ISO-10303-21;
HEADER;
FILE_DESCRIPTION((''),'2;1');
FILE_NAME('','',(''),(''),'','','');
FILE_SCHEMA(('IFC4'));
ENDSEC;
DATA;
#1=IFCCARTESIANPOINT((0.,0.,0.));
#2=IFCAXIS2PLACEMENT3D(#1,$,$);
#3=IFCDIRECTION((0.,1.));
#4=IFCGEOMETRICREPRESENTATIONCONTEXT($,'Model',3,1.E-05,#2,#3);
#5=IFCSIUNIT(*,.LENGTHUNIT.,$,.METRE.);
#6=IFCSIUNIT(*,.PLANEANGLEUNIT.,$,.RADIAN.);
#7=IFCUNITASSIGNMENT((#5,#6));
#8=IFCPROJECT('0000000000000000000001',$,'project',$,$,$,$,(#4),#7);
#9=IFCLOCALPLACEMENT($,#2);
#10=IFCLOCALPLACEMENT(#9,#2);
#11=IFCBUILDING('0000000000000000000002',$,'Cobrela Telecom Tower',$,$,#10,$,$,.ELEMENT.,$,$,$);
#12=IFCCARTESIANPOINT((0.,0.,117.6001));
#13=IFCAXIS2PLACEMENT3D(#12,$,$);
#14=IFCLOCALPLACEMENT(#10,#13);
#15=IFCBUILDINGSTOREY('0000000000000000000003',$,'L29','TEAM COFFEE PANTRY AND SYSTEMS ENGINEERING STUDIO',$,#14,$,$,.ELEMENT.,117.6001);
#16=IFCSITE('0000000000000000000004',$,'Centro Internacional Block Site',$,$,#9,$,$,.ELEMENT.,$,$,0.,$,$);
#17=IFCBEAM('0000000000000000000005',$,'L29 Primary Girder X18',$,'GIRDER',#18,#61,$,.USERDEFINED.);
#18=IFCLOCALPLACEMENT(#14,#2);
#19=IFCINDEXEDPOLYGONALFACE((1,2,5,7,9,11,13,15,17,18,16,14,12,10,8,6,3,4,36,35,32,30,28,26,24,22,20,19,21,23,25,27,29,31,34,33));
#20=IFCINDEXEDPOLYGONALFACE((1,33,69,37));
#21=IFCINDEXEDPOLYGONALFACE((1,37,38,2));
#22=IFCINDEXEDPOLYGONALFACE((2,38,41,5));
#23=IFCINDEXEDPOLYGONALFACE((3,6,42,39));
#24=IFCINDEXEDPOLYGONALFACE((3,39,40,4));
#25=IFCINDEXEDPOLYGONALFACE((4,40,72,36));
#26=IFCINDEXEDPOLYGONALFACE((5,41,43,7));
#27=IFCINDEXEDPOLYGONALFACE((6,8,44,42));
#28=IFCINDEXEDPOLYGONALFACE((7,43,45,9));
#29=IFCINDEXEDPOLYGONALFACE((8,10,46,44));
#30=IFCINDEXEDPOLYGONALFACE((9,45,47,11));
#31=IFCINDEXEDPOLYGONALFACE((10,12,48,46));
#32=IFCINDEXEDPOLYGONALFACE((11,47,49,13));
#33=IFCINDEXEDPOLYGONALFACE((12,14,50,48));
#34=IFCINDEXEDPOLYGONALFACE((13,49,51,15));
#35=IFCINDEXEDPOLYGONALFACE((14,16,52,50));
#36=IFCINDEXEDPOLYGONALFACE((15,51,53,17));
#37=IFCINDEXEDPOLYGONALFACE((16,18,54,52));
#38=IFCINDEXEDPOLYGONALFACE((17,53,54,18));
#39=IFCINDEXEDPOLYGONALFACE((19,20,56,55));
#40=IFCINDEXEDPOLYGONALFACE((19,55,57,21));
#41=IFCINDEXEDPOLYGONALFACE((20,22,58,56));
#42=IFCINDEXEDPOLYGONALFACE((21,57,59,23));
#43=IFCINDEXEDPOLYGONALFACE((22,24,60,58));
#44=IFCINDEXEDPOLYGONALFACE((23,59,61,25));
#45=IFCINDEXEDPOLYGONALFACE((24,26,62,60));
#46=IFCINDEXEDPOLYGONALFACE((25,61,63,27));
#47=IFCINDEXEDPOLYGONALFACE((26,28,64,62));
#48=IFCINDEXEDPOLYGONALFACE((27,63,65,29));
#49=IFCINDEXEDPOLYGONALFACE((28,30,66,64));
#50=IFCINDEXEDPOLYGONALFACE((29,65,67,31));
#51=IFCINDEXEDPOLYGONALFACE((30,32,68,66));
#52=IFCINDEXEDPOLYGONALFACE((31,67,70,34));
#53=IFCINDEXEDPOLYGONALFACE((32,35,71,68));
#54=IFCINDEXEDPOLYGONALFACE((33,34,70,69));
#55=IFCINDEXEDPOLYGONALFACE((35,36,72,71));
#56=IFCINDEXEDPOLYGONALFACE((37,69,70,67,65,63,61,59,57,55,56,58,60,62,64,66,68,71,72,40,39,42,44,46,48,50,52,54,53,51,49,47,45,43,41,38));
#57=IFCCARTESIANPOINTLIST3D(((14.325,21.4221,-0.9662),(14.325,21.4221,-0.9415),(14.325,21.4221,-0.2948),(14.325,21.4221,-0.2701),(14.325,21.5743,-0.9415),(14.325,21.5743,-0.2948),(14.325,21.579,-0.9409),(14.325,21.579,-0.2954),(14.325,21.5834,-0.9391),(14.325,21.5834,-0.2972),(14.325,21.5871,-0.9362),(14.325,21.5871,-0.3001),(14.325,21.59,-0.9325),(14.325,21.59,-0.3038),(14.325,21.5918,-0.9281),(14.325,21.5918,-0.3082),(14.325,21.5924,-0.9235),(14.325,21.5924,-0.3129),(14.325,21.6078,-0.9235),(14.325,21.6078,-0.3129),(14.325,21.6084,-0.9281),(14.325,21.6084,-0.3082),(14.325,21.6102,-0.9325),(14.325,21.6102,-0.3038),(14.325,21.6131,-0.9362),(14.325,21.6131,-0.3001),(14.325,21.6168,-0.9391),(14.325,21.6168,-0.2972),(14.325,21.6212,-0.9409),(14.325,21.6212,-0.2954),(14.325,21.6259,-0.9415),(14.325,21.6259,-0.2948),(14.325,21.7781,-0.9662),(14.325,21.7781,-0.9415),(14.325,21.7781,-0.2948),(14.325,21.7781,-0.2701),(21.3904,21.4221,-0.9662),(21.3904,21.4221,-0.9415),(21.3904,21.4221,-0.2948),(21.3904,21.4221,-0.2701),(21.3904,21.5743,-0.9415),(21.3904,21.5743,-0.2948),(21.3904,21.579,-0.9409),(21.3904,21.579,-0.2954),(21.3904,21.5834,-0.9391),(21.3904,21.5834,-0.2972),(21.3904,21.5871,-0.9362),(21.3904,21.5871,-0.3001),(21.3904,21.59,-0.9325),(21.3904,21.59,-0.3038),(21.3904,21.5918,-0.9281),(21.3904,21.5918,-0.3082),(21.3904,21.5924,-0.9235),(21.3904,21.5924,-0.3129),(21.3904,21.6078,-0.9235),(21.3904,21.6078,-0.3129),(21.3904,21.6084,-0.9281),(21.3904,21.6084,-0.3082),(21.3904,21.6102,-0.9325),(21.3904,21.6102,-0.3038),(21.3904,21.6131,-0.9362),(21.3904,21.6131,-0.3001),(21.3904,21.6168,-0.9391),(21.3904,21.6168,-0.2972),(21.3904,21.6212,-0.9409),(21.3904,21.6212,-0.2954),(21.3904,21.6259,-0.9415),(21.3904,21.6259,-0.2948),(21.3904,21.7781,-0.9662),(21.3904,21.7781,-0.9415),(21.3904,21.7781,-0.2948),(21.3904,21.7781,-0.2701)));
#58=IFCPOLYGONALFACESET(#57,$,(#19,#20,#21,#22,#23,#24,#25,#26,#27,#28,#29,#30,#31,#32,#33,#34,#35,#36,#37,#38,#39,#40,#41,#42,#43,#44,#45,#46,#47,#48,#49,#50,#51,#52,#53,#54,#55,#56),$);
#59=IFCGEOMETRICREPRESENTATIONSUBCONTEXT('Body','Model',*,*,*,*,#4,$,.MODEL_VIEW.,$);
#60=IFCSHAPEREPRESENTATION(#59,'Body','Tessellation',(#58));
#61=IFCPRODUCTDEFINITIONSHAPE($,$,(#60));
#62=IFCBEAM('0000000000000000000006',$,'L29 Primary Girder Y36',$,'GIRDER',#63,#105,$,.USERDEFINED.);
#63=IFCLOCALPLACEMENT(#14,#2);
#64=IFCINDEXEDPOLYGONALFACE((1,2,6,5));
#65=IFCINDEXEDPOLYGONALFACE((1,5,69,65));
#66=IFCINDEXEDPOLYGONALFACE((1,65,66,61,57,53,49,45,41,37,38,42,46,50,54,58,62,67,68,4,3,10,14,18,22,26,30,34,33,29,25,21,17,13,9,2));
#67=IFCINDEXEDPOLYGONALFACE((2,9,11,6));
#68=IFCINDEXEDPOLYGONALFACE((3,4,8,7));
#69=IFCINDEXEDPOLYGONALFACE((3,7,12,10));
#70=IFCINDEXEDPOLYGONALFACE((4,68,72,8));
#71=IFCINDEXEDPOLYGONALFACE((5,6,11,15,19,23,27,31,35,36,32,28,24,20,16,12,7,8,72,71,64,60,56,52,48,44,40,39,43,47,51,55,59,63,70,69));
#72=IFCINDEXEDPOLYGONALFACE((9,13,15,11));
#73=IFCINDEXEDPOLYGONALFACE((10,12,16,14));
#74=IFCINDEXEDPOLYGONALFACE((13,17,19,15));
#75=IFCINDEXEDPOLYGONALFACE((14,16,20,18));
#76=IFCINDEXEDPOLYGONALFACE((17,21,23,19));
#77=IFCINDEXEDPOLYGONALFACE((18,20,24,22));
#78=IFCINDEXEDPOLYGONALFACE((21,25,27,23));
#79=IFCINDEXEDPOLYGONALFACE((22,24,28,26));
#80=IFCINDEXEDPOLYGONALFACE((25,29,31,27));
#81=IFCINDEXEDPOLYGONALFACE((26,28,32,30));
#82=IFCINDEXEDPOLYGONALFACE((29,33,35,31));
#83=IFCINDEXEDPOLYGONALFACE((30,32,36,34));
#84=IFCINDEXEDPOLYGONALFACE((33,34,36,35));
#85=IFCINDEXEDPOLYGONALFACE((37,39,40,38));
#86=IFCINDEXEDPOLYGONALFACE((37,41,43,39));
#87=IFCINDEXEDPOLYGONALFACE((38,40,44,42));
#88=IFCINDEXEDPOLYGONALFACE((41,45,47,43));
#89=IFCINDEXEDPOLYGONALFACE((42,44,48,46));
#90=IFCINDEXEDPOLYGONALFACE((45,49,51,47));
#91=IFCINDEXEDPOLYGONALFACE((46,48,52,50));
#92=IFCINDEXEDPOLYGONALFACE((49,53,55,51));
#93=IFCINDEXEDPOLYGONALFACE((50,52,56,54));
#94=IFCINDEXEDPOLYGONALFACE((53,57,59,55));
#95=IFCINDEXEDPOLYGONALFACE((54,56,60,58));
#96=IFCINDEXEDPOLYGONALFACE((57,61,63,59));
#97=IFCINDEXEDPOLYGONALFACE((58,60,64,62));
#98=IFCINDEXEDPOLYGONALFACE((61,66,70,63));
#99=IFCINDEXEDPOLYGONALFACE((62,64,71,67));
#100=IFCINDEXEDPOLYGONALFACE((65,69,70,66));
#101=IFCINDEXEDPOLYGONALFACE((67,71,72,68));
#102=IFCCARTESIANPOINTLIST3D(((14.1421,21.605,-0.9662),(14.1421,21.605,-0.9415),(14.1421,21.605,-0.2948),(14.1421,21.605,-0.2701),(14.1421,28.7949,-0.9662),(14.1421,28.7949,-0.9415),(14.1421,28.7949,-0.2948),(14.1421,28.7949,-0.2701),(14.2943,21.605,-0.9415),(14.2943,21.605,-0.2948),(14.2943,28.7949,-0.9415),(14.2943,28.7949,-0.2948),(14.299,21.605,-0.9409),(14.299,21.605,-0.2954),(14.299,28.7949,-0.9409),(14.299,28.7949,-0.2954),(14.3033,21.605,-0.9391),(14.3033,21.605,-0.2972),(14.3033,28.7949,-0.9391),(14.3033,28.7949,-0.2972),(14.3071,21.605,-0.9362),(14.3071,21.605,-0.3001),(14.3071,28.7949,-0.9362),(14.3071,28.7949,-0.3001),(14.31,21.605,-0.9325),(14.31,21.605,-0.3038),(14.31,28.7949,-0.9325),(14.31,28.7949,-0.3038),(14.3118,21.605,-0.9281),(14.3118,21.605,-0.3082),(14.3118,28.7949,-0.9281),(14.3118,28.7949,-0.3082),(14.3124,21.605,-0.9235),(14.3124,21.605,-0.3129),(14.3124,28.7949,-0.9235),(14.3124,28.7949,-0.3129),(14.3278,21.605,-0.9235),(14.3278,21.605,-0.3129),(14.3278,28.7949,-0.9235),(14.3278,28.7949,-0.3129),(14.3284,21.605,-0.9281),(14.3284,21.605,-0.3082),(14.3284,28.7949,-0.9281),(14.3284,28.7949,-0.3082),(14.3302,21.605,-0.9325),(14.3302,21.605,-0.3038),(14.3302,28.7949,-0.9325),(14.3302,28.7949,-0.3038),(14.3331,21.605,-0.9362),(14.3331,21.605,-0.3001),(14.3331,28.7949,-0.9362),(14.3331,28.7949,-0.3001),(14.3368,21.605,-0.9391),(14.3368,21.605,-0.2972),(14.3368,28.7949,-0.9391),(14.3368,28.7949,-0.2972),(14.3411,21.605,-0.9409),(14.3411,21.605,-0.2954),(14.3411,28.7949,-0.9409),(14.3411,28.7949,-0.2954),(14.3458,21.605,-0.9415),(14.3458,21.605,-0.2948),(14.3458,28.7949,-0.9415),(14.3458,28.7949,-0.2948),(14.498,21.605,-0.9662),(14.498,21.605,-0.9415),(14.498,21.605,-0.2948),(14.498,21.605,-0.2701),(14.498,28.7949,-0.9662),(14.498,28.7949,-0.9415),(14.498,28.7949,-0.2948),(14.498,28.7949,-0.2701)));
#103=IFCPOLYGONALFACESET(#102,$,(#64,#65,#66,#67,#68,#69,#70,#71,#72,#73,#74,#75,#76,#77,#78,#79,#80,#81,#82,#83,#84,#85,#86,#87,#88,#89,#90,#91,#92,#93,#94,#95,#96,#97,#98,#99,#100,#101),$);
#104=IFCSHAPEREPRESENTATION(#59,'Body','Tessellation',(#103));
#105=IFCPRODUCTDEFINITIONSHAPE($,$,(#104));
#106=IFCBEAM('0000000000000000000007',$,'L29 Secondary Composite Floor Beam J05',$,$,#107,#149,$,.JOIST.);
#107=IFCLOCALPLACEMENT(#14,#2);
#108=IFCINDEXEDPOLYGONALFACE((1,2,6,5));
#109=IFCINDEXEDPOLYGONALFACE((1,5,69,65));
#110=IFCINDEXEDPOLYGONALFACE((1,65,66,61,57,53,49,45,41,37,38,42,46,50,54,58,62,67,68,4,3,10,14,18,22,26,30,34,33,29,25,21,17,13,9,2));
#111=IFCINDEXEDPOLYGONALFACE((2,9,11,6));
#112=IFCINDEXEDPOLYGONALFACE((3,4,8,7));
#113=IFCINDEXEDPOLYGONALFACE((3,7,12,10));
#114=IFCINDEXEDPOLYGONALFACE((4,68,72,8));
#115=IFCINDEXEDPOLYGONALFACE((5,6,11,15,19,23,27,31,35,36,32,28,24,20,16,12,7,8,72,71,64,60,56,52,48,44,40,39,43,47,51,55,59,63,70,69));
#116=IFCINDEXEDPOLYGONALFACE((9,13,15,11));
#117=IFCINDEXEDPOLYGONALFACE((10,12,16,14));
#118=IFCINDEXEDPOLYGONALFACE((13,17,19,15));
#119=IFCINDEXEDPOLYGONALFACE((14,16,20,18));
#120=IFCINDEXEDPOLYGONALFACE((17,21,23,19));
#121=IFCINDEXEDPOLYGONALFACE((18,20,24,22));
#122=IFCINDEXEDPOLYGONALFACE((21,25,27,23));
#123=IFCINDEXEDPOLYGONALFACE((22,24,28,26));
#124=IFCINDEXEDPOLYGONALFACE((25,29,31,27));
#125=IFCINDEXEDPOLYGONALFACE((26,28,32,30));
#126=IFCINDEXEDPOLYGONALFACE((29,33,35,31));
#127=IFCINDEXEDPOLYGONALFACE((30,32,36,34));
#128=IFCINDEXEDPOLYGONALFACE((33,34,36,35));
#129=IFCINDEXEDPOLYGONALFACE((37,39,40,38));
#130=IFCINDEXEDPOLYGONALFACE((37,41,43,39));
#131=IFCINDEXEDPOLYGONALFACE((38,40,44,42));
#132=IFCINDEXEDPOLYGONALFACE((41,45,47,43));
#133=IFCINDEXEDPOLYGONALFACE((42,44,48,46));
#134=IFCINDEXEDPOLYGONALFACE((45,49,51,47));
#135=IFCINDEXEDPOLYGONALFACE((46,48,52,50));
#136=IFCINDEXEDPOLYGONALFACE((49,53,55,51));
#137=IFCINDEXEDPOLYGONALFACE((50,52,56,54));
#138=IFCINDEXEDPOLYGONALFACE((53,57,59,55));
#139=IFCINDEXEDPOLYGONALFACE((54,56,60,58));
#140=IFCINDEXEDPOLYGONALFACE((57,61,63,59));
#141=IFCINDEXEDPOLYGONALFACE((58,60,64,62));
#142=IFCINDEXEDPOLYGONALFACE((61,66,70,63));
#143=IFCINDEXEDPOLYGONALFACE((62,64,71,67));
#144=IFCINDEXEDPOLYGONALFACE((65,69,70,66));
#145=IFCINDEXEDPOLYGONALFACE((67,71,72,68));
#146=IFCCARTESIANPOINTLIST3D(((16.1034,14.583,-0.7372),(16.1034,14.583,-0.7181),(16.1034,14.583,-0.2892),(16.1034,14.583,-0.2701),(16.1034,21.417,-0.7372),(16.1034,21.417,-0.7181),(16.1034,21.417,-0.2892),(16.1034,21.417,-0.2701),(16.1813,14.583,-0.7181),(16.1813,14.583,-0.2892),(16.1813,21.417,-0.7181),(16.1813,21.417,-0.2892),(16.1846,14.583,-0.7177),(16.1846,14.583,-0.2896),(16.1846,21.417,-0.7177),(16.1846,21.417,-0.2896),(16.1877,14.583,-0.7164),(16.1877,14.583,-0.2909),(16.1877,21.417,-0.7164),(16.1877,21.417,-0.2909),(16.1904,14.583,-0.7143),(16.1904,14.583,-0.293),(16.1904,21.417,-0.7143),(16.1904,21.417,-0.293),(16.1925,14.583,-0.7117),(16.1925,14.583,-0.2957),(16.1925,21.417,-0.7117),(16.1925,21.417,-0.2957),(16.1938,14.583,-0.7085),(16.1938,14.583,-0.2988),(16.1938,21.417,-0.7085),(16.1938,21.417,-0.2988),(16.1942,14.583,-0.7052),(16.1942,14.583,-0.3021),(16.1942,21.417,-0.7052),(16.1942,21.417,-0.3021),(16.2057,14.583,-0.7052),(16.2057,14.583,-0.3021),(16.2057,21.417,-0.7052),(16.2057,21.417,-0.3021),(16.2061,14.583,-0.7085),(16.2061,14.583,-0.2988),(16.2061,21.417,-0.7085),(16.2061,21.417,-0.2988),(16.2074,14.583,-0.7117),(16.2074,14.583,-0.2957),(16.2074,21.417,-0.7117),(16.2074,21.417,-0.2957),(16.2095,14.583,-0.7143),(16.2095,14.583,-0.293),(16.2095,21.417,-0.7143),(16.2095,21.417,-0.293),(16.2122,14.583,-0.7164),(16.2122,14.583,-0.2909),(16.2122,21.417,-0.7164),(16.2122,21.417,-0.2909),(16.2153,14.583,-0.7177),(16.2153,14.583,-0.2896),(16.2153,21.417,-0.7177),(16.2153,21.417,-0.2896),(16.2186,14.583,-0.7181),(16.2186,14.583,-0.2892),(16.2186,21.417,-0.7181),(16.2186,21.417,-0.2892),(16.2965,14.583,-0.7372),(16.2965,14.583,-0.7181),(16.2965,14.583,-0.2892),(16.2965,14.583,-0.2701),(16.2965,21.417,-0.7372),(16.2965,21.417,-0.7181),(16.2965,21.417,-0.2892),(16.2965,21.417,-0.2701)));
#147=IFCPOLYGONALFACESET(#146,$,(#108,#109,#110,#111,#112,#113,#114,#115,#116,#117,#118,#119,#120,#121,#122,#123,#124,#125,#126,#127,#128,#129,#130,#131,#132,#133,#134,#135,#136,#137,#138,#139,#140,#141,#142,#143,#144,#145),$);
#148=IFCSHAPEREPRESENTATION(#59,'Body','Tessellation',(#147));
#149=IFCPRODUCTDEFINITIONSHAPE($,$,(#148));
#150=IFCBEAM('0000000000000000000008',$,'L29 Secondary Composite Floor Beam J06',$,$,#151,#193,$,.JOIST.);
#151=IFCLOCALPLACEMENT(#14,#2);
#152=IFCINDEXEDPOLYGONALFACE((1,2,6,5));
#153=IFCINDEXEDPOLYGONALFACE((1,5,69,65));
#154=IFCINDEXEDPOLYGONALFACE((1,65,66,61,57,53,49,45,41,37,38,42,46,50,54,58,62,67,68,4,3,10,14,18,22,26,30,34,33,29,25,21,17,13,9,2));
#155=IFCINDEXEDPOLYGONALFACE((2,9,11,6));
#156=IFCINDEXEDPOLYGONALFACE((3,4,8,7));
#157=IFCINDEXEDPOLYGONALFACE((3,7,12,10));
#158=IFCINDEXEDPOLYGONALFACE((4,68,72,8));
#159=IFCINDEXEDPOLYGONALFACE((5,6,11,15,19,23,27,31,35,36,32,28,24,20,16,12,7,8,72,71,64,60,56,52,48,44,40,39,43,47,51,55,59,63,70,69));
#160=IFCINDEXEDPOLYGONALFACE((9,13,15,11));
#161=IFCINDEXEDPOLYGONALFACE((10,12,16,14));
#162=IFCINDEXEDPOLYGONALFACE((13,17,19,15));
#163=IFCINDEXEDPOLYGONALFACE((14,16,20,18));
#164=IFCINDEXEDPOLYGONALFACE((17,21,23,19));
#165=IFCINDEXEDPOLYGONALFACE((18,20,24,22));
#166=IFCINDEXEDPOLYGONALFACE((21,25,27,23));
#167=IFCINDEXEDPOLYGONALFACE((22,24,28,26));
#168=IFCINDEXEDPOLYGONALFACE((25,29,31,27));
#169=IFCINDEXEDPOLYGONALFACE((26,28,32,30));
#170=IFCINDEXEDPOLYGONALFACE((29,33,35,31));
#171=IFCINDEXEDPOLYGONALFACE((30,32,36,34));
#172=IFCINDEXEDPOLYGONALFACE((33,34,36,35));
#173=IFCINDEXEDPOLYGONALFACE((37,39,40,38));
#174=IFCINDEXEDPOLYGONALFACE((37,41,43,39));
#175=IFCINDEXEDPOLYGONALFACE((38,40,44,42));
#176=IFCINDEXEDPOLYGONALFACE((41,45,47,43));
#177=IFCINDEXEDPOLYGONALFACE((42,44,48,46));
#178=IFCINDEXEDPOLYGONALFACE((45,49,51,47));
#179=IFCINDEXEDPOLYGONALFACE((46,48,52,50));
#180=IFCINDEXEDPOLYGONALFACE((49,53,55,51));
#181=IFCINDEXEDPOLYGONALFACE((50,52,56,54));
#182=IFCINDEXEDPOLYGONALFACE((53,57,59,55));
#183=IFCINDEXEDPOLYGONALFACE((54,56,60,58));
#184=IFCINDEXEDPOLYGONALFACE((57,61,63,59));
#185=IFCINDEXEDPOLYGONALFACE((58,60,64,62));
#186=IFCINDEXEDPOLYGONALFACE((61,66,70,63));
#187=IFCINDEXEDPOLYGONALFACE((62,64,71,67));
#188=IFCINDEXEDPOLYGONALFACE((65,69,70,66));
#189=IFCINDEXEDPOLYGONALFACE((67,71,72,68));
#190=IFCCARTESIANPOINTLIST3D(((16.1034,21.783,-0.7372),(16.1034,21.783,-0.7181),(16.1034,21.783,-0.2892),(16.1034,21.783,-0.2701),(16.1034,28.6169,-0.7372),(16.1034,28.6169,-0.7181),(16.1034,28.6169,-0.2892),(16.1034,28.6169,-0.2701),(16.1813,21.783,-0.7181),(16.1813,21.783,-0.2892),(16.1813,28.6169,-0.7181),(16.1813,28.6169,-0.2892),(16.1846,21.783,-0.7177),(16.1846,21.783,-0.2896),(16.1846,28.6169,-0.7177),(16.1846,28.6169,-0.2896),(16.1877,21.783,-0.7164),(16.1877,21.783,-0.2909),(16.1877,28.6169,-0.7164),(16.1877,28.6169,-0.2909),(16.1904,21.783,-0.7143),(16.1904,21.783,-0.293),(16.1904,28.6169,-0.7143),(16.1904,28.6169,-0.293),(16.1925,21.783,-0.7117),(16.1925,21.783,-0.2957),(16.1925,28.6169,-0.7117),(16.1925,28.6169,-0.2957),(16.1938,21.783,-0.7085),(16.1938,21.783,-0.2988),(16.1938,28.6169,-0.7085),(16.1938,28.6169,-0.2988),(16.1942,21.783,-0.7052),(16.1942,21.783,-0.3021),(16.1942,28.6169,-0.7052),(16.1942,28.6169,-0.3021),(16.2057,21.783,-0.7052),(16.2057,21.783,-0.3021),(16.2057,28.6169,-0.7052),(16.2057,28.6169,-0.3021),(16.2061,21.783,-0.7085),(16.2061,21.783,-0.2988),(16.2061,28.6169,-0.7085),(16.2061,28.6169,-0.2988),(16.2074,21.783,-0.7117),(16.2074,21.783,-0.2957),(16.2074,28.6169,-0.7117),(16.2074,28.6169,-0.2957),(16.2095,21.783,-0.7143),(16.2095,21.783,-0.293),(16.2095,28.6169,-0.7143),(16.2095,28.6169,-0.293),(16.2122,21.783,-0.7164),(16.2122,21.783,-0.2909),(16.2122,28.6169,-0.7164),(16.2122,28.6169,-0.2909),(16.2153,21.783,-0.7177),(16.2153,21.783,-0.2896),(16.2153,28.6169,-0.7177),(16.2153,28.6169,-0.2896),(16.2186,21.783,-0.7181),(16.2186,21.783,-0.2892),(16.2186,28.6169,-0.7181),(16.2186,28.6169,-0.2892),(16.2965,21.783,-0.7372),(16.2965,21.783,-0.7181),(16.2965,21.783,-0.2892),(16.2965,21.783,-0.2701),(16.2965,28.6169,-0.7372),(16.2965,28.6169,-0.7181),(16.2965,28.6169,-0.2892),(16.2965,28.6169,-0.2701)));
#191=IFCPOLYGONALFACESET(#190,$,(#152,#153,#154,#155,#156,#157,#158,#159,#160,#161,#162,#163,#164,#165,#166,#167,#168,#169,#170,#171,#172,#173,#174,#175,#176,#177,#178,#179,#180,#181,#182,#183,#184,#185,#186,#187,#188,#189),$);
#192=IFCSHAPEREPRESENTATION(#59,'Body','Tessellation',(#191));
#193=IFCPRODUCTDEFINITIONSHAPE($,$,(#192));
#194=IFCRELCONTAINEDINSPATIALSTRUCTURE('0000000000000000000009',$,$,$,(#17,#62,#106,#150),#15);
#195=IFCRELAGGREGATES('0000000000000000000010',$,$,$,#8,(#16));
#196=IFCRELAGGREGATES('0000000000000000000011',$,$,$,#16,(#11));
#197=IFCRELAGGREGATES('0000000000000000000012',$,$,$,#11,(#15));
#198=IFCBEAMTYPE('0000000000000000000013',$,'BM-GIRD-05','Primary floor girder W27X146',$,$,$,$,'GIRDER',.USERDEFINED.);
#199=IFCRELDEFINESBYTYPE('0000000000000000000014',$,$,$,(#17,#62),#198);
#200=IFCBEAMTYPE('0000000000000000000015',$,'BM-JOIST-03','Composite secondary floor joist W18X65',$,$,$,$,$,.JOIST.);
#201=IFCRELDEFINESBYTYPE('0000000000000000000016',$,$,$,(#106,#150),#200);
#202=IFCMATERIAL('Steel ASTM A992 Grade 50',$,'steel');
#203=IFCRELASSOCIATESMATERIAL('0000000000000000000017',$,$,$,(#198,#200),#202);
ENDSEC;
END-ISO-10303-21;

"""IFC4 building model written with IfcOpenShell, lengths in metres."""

from ifc_helpers import new_model, si_unit, direction, frame, origin, origin_2d, place, context, subcontext, project, spatial, i_section, extrude, material, material_profile, profile_set, type_object, element, save


model = new_model("IFC4")

# Units and contexts
model_context = context("Model", 3, precision=1e-05, world=origin(), true_north=direction((0.0, 1.0)))
body_context = subcontext(model_context, "Body", "Model", "MODEL_VIEW")
ifc_project = project(units=[si_unit("LENGTHUNIT", "METRE"), si_unit("PLANEANGLEUNIT", "RADIAN")], contexts=[model_context])

# Site, building, storey
site_placement = place(None, origin())
site = spatial("IfcSite", under=ifc_project, at=site_placement, Name="Centro Internacional Block Site", CompositionType="ELEMENT", RefElevation=0.0)
building_placement = place(site_placement, origin())
building = spatial("IfcBuilding", under=site, at=building_placement, Name="Cobrela Telecom Tower", CompositionType="ELEMENT")
storey_placement = place(building_placement, frame((0.0, 0.0, 117.6001)))
storey = spatial("IfcBuildingStorey", under=building, at=storey_placement, Name="L29", Description="TEAM COFFEE PANTRY AND SYSTEMS ENGINEERING STUDIO", CompositionType="ELEMENT", Elevation=117.6001)

# Beams
ifc_material_1 = material(Name="Steel ASTM A992 Grade 50", Category="steel")
ifc_material_profile_1 = material_profile(ifc_material_1, i_section(OverallWidth=0.356, OverallDepth=0.696, WebThickness=0.0154, FlangeThickness=0.0247, FilletRadius=0.0181, at=origin_2d()), Name="W27X146")
ifc_profile_set_1 = profile_set([ifc_material_profile_1], Name="Steel ASTM A992 Grade 50")
beam_type_1 = type_object("IfcBeamType", Name="BM-GIRD-05", Description="Primary floor girder W27X146", ElementType="GIRDER", PredefinedType="USERDEFINED", material=ifc_profile_set_1)
beam_1_placement = place(storey_placement, frame((14.325, 21.6001, -0.6182), z_axis=(1.0, 0.0, 0.0), x_axis=(0.0, 1.0, 0.0)))
element("IfcBeam", 1, at=beam_1_placement, inside=storey, type_object=beam_type_1, Name="L29 Primary Girder X18", ObjectType="GIRDER", PredefinedType="USERDEFINED", context=body_context, shape_type="SweptSolid", body=[
    extrude(i_section(OverallWidth=0.356, OverallDepth=0.696, WebThickness=0.0154, FlangeThickness=0.0247, FilletRadius=0.0181, at=origin_2d()), origin(), (0.0, 0.0, 1.0), 7.0654),
])
beam_2_placement = place(storey_placement, frame((14.3201, 21.605, -0.6182), z_axis=(0.0, 1.0, 0.0), x_axis=(-1.0, 0.0, 0.0)))
element("IfcBeam", 2, at=beam_2_placement, inside=storey, type_object=beam_type_1, Name="L29 Primary Girder Y36", ObjectType="GIRDER", PredefinedType="USERDEFINED", context=body_context, shape_type="SweptSolid", body=[
    extrude(i_section(OverallWidth=0.356, OverallDepth=0.696, WebThickness=0.0154, FlangeThickness=0.0247, FilletRadius=0.0181, at=origin_2d()), origin(), (0.0, 0.0, 1.0), 7.1899),
])
ifc_material_profile_2 = material_profile(ifc_material_1, i_section(OverallWidth=0.1931, OverallDepth=0.467, WebThickness=0.0115, FlangeThickness=0.019, FilletRadius=0.0129, at=origin_2d()), Name="W18X65")
ifc_profile_set_2 = profile_set([ifc_material_profile_2], Name="Steel ASTM A992 Grade 50")
beam_type_2 = type_object("IfcBeamType", Name="BM-JOIST-03", Description="Composite secondary floor joist W18X65", PredefinedType="JOIST", material=ifc_profile_set_2)
for number, where, z_axis, x_axis, name in (
    (3, (16.2, 14.583, -0.5037), (0.0, 1.0, 0.0), (-1.0, 0.0, 0.0), "L29 Secondary Composite Floor Beam J05"),
    (4, (16.2, 21.783, -0.5037), (0.0, 1.0, 0.0), (-1.0, 0.0, 0.0), "L29 Secondary Composite Floor Beam J06"),
):
    element("IfcBeam", number, at=place(storey_placement, frame(where, z_axis=z_axis, x_axis=x_axis)), inside=storey, type_object=beam_type_2, Name=name, PredefinedType="JOIST", context=body_context, shape_type="SweptSolid", body=[
        extrude(i_section(OverallWidth=0.1931, OverallDepth=0.467, WebThickness=0.0115, FlangeThickness=0.019, FilletRadius=0.0129, at=origin_2d()), origin(), (0.0, 0.0, 1.0), 6.834),
    ])

save(model, "model.ifc")
